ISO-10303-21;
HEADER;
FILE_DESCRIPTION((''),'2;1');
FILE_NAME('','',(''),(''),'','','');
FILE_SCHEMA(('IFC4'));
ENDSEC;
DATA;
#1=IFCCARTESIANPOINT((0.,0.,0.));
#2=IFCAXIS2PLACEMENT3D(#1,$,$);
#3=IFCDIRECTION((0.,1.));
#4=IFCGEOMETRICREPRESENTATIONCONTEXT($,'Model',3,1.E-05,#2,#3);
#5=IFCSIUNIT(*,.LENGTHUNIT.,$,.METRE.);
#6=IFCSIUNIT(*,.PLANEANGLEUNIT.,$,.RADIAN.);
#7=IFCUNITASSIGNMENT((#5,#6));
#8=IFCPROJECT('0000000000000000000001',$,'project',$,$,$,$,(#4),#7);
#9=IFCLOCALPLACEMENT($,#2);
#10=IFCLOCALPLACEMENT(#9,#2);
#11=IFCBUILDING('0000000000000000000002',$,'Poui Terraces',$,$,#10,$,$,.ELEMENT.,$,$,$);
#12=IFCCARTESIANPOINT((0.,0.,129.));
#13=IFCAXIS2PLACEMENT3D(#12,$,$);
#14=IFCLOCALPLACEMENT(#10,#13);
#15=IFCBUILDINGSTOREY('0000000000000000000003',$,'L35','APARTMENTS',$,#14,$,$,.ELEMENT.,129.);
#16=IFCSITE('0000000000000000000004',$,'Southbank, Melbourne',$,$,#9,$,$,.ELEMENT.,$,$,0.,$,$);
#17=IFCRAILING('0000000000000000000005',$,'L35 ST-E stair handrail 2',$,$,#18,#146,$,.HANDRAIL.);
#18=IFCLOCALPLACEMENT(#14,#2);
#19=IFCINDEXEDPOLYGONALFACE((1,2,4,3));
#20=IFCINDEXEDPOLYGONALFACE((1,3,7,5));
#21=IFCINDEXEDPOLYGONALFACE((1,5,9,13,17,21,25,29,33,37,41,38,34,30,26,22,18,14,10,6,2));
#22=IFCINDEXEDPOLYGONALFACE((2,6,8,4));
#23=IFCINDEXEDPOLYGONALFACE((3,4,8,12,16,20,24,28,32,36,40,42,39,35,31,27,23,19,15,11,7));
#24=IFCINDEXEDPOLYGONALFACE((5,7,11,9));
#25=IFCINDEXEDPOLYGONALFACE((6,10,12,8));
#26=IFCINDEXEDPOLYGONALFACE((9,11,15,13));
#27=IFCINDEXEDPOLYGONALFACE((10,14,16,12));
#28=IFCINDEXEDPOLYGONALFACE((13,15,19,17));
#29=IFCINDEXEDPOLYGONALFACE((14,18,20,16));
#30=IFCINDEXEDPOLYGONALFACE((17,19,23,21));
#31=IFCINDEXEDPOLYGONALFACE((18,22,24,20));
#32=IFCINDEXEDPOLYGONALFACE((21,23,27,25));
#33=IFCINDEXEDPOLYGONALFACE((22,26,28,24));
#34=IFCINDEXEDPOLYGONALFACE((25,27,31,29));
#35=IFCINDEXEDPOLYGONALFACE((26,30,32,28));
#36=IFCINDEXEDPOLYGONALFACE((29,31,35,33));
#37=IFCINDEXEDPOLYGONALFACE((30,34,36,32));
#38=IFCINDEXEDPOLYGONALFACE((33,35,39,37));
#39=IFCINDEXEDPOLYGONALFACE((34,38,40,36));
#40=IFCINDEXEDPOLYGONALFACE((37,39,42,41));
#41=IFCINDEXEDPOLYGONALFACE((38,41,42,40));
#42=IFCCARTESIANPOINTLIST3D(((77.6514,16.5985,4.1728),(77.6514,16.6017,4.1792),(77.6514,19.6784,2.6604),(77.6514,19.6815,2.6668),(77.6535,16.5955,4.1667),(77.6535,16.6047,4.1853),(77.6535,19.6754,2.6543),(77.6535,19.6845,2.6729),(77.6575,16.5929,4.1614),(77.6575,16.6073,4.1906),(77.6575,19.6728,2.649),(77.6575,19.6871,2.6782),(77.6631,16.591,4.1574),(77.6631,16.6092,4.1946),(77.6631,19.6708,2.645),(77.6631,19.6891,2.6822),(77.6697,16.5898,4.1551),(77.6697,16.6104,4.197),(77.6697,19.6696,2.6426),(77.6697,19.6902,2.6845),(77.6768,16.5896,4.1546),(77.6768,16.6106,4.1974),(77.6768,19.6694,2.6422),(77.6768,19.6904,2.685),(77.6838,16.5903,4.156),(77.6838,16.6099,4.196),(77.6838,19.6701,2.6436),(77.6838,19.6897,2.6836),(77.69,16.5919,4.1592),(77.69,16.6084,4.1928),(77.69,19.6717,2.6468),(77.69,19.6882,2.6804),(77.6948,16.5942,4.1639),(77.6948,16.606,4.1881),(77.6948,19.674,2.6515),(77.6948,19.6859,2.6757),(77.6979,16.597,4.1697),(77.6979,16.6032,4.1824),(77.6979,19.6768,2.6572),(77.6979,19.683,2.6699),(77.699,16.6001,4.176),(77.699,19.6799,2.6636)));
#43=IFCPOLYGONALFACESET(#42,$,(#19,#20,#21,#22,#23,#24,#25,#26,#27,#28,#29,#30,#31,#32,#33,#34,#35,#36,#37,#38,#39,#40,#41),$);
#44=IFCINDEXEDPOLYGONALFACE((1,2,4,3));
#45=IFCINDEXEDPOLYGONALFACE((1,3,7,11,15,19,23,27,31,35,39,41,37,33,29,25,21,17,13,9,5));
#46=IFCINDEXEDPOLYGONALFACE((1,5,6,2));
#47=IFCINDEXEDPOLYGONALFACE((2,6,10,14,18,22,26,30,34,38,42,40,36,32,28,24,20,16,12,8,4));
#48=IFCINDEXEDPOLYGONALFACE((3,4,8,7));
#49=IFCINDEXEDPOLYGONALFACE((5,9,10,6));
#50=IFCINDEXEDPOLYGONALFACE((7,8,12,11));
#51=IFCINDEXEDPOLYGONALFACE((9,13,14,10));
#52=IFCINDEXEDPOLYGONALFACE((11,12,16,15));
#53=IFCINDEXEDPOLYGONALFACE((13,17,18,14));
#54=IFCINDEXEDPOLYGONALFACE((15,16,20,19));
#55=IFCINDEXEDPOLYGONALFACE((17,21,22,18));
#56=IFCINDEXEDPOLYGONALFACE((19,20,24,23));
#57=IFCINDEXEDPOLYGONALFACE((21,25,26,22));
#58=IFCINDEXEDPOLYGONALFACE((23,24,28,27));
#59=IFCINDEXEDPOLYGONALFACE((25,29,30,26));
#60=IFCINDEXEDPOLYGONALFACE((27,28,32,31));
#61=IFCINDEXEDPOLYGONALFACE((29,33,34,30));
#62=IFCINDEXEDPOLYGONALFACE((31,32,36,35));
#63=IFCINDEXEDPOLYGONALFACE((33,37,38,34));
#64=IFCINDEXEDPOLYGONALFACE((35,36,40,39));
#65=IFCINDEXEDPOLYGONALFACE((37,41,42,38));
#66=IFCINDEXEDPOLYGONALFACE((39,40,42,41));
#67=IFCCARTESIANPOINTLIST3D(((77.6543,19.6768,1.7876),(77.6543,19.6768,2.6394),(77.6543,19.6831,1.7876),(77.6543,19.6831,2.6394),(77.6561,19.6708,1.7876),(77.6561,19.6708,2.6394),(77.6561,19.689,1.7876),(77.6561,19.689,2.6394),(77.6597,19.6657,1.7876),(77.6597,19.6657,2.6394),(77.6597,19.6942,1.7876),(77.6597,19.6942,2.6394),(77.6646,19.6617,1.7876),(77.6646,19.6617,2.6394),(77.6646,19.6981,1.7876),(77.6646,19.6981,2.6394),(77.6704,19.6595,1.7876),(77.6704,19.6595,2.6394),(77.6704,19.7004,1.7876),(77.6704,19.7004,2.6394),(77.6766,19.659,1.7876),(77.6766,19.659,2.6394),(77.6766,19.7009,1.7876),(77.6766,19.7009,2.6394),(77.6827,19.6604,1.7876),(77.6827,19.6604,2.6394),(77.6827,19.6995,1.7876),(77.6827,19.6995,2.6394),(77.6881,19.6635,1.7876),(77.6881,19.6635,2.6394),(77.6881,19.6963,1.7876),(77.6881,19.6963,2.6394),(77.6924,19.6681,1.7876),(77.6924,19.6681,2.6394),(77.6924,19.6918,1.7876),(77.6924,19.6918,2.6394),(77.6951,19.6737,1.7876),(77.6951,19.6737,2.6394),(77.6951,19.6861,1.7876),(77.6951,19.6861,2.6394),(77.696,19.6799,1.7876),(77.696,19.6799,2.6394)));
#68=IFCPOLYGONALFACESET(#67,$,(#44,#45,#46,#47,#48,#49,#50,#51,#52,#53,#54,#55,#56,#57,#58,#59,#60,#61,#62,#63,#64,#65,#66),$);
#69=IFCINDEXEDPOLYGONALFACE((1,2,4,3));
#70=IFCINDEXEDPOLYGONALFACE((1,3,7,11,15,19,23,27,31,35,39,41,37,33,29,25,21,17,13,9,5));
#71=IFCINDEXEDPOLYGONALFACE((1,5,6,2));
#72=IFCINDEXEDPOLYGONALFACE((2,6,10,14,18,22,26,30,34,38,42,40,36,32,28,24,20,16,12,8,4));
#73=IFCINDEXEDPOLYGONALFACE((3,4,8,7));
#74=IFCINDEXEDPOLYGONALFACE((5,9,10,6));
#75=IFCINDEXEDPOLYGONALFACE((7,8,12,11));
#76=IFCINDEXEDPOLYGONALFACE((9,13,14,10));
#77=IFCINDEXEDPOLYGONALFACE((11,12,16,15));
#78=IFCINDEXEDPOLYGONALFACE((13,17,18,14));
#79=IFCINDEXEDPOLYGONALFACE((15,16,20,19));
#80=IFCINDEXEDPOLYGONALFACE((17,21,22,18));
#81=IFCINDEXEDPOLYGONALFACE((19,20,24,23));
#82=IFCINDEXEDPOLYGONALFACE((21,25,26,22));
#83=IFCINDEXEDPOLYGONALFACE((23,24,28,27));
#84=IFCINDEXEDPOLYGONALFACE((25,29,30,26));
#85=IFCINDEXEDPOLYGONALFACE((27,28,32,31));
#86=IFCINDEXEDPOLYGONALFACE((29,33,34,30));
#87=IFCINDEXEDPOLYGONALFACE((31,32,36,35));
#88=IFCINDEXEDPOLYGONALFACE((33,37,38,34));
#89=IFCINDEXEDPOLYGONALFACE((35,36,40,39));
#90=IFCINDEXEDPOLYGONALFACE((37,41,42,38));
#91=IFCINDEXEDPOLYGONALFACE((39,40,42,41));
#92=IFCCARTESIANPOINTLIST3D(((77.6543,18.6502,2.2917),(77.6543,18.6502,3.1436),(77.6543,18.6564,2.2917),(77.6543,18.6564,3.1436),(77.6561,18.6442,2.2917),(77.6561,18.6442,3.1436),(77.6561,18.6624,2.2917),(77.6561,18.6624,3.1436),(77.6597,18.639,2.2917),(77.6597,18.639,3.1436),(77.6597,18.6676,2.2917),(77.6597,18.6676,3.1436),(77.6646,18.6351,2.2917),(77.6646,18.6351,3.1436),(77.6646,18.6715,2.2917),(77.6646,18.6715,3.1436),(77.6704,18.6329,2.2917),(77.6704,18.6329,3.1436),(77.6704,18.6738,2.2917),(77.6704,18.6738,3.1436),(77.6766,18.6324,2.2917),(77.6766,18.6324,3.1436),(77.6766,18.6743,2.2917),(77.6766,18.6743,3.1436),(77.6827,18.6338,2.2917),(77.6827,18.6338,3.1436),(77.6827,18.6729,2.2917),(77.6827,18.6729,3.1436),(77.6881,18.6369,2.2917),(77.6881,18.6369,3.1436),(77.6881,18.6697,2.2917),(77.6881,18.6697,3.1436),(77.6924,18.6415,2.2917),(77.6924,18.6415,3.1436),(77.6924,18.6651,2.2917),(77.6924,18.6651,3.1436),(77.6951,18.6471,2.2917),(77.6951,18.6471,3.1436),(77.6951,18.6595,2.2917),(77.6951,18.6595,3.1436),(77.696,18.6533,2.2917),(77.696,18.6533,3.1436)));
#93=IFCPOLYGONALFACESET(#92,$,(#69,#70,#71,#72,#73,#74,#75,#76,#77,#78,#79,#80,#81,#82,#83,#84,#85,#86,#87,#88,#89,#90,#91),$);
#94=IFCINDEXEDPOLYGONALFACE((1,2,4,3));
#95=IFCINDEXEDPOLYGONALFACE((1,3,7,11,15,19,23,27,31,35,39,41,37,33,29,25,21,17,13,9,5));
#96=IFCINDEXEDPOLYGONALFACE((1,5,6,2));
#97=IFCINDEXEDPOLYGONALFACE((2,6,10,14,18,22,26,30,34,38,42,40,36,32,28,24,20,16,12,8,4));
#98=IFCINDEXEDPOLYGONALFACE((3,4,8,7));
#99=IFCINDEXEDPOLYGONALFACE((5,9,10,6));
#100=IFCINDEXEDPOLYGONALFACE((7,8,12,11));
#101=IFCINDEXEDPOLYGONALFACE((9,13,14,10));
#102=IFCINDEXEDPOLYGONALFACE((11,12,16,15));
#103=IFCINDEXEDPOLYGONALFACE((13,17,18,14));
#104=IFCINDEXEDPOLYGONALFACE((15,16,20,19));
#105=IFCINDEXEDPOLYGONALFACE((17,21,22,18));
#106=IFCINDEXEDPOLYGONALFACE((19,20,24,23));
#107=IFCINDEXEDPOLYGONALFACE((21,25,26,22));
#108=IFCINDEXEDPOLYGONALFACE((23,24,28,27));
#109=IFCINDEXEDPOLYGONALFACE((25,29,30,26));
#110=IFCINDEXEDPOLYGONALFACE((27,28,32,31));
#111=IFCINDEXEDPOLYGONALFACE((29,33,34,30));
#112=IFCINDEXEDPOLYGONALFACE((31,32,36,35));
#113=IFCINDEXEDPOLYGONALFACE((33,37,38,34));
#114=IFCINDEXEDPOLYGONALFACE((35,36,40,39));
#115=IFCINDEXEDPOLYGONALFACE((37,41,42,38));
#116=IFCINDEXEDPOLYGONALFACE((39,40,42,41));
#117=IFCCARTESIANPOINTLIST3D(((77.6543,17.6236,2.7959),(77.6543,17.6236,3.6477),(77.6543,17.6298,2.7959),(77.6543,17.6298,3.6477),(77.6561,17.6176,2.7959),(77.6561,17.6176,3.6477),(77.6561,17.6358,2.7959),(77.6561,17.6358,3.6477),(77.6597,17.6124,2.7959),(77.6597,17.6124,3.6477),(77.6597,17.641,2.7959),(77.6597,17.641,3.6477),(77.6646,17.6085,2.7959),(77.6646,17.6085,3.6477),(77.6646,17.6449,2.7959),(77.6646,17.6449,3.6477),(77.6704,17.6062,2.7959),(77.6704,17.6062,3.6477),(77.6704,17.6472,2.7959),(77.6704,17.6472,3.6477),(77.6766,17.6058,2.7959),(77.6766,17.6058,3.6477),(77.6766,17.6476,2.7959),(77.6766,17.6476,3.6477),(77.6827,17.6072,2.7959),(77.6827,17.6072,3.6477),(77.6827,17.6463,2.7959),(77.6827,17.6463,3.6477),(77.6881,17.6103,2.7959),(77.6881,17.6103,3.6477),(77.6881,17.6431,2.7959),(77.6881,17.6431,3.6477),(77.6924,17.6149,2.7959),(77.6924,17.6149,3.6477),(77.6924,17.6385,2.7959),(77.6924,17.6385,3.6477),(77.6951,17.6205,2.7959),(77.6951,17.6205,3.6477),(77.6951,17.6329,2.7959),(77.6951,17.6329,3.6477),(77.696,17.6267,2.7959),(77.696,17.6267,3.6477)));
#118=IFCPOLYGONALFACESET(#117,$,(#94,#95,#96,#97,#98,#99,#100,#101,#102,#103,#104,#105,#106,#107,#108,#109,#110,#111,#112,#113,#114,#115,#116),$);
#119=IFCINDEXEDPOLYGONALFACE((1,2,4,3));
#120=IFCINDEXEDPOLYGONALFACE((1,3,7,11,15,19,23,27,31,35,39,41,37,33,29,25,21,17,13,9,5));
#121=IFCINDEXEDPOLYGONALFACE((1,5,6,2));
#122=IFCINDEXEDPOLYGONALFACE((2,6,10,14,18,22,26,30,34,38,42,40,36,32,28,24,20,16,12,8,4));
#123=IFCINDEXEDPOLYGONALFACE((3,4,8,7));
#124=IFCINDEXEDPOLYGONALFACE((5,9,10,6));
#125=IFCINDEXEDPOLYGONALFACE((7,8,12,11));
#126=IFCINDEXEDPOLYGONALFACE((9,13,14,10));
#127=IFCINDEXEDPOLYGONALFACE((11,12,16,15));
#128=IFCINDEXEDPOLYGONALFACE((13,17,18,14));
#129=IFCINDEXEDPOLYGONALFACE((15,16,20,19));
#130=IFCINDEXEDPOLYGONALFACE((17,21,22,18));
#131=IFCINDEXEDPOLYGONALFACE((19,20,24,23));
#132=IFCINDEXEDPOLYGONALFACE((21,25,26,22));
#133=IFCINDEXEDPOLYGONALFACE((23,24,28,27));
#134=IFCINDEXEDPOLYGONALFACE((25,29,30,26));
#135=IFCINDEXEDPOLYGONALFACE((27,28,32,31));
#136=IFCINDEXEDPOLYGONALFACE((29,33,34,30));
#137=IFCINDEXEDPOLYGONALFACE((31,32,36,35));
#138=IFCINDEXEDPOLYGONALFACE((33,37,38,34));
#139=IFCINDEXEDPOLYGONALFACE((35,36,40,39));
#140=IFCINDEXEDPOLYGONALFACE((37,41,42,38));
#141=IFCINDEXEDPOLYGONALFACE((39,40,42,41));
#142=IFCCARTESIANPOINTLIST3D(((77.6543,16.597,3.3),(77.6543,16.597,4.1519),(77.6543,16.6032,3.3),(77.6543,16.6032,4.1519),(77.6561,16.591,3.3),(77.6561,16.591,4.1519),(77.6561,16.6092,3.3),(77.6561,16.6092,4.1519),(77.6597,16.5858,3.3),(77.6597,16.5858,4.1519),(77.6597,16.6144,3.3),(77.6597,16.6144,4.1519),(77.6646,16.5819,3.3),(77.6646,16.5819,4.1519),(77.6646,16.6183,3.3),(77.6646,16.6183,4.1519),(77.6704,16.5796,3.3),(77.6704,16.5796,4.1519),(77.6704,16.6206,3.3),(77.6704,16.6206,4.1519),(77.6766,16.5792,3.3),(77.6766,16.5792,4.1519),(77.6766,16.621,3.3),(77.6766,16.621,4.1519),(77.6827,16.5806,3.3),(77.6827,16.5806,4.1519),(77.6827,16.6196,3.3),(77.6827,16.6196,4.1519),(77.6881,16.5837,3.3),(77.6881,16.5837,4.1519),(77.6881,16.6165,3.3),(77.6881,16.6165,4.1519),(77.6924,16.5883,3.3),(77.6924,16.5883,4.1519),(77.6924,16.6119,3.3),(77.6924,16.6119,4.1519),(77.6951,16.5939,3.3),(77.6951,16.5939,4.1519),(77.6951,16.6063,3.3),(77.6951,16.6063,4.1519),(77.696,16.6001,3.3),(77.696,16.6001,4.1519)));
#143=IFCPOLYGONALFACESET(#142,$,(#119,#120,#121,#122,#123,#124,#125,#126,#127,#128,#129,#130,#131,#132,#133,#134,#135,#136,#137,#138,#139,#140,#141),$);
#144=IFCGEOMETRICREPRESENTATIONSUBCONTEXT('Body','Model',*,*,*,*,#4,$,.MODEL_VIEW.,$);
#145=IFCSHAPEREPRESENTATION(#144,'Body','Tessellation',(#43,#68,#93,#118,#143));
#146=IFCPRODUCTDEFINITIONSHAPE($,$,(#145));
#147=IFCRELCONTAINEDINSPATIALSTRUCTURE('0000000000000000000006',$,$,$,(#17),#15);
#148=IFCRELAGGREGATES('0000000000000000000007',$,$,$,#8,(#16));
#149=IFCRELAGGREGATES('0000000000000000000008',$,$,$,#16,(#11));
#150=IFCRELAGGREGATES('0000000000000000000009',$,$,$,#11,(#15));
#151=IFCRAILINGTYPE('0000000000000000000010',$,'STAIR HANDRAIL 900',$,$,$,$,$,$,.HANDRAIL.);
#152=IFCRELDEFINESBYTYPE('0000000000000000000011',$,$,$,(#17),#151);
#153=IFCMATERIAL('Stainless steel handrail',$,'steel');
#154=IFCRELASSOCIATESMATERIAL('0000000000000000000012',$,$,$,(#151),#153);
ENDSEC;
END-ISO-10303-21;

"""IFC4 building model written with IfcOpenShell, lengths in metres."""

from ifc_helpers import new_model, si_unit, direction, frame, origin, origin_2d, place, context, subcontext, project, spatial, circle, extrude, material, type_object, element, save


model = new_model("IFC4")

# Units and contexts
model_context = context("Model", 3, precision=1e-05, world=origin(), true_north=direction((0.0, 1.0)))
body_context = subcontext(model_context, "Body", "Model", "MODEL_VIEW")
ifc_project = project(units=[si_unit("LENGTHUNIT", "METRE"), si_unit("PLANEANGLEUNIT", "RADIAN")], contexts=[model_context])

# Site, building, storey
site_placement = place(None, origin())
site = spatial("IfcSite", under=ifc_project, at=site_placement, Name="Southbank, Melbourne", CompositionType="ELEMENT", RefElevation=0.0)
building_placement = place(site_placement, origin())
building = spatial("IfcBuilding", under=site, at=building_placement, Name="Poui Terraces", CompositionType="ELEMENT")
storey_placement = place(building_placement, frame((0.0, 0.0, 129.0)))
storey = spatial("IfcBuildingStorey", under=building, at=storey_placement, Name="L35", Description="APARTMENTS", CompositionType="ELEMENT", Elevation=129.0)

# Railing
ifc_material_1 = material(Name="Stainless steel handrail", Category="steel")
railing_type_1 = type_object("IfcRailingType", Name="STAIR HANDRAIL 900", PredefinedType="HANDRAIL", material=ifc_material_1)
for number, where, name in (
    (1, (77.675, 19.6799, 1.7876), "L35 ST-E stair handrail 2"),
):
    element("IfcRailing", number, at=place(storey_placement, frame(where)), inside=storey, type_object=railing_type_1, Name=name, PredefinedType="HANDRAIL", context=body_context, shape_type="SweptSolid", body=[
        extrude(circle(Radius=0.0239, at=origin_2d()), frame((0.0, 0.0, 0.876), z_axis=(0.0, -0.897606, 0.440798), x_axis=(1.0, 0.0, 0.0)), (0.0, 0.0, 1.0), 3.4312),
        extrude(circle(Radius=0.021, at=origin_2d()), origin(), (0.0, 0.0, 1.0), 0.8518),
        extrude(circle(Radius=0.021, at=origin_2d()), frame((0.0, -1.0266, 0.5042)), (0.0, 0.0, 1.0), 0.8518),
        extrude(circle(Radius=0.021, at=origin_2d()), frame((0.0, -2.0532, 1.0083)), (0.0, 0.0, 1.0), 0.8518),
        extrude(circle(Radius=0.021, at=origin_2d()), frame((0.0, -3.0798, 1.5125)), (0.0, 0.0, 1.0), 0.8518),
    ])

save(model, "model.ifc")
